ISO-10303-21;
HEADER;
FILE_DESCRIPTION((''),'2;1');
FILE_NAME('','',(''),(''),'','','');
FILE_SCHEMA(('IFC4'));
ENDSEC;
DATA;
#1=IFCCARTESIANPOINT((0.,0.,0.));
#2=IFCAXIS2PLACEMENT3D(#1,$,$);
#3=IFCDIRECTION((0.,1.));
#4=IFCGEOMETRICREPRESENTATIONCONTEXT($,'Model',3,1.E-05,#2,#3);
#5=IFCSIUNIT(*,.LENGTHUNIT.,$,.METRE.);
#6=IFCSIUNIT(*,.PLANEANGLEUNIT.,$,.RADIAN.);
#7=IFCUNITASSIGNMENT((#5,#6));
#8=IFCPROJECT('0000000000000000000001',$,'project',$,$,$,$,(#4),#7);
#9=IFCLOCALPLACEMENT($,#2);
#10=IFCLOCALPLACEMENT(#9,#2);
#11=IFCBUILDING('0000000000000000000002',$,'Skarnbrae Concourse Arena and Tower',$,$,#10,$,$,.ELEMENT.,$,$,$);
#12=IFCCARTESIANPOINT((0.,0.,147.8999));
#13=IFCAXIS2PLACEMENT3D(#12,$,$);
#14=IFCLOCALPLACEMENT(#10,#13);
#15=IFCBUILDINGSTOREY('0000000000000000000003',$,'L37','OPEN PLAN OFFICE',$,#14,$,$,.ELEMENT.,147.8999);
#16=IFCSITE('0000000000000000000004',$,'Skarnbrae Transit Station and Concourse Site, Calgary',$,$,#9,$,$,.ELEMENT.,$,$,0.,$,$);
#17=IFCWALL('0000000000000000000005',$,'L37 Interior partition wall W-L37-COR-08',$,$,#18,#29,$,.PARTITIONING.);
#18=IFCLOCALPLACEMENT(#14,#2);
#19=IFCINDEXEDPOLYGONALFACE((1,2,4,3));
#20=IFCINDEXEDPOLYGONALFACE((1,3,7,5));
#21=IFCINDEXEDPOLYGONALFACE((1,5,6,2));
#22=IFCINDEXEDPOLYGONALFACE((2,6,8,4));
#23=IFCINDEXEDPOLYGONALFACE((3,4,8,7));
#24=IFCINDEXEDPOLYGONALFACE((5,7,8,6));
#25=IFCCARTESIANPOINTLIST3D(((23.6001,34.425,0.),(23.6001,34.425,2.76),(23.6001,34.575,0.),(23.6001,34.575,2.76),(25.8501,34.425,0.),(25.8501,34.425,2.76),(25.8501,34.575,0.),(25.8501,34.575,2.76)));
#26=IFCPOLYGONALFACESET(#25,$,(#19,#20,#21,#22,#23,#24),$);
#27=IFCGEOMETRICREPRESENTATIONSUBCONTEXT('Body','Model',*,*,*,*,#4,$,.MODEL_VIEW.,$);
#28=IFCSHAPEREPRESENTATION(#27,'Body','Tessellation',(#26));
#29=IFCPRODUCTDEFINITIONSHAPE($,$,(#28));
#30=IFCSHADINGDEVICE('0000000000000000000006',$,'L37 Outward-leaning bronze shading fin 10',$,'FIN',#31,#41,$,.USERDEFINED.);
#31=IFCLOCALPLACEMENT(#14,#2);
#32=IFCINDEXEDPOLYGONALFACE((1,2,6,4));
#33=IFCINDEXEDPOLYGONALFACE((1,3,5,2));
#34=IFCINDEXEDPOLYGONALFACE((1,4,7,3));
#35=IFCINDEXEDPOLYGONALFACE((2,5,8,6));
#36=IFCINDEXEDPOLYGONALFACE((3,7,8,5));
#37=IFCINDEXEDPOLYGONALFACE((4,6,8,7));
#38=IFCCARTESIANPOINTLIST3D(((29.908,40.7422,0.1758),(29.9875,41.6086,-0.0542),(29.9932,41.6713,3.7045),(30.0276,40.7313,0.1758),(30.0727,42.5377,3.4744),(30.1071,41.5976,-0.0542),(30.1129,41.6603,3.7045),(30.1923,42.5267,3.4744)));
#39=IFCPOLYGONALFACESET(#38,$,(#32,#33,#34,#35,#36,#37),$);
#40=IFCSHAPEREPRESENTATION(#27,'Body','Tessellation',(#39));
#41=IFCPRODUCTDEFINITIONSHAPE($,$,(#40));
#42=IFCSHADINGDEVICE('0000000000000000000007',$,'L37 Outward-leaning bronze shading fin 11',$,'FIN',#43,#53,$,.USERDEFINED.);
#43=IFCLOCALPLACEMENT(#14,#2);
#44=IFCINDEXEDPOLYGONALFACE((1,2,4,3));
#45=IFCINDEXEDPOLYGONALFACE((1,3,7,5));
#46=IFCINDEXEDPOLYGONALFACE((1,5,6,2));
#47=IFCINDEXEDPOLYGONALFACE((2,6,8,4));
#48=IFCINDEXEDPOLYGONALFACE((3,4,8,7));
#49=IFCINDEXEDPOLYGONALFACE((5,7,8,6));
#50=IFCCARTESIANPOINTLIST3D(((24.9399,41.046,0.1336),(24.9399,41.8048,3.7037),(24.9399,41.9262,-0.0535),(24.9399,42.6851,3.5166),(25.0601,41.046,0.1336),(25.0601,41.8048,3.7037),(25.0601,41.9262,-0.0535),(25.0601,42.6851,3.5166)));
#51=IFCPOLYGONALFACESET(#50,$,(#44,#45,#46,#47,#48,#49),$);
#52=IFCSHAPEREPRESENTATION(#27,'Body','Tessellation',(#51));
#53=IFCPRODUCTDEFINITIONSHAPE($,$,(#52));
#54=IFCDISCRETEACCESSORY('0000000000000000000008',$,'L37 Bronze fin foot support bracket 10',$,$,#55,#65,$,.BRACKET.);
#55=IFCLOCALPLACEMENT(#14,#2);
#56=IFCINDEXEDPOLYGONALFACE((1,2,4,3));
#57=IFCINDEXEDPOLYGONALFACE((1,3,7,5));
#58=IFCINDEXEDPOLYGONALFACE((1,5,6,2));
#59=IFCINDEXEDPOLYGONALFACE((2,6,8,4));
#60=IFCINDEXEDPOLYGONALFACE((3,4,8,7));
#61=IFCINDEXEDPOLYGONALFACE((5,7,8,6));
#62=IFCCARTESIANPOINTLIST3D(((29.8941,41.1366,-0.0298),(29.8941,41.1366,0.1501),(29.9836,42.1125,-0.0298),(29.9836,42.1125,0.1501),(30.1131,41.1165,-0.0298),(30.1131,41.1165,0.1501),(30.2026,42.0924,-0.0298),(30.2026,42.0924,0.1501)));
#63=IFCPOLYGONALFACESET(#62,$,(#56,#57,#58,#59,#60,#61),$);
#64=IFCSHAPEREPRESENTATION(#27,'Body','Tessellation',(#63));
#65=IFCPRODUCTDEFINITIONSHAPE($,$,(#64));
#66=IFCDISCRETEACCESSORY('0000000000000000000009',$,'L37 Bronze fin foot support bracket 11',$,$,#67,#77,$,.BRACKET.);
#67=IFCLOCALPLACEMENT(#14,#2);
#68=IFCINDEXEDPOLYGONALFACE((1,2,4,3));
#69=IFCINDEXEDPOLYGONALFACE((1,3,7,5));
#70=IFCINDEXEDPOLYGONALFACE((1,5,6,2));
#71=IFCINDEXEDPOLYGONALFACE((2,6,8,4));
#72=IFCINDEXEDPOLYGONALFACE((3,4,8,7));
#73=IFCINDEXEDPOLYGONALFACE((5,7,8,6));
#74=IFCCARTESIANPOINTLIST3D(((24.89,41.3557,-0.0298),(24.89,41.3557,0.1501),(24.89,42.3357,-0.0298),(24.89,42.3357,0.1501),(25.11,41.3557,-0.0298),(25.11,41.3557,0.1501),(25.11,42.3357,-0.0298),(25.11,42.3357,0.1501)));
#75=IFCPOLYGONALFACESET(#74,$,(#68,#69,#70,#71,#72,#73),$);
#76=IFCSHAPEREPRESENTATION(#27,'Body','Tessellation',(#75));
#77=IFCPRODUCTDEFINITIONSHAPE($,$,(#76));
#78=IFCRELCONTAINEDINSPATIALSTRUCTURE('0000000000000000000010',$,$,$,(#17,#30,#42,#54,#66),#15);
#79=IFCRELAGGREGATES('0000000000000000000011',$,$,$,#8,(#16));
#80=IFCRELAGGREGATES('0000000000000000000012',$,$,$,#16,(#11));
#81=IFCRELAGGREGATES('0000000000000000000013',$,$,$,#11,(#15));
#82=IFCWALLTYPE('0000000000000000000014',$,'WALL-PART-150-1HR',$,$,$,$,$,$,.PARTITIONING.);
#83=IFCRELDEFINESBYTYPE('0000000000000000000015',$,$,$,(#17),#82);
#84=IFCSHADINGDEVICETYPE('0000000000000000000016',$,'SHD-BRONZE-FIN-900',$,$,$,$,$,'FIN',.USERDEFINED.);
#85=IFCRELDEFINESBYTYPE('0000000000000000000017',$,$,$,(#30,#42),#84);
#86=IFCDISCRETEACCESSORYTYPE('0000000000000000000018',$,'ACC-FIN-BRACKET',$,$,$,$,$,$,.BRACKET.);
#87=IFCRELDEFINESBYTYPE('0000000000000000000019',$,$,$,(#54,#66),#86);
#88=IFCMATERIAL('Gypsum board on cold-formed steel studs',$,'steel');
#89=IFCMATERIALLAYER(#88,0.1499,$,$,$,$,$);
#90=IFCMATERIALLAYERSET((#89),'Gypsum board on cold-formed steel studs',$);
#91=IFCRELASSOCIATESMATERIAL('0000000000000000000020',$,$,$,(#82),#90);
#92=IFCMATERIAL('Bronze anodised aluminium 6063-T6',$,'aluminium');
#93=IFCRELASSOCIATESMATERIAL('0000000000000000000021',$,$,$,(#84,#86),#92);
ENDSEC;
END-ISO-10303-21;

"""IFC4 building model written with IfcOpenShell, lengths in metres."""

from ifc_helpers import new_model, si_unit, direction, frame, frame_2d, origin, origin_2d, place, context, subcontext, project, spatial, rectangle, extrude, source, transform, mapped, material, layer, layer_set, type_object, element, save


model = new_model("IFC4")

# Units and contexts
model_context = context("Model", 3, precision=1e-05, world=origin(), true_north=direction((0.0, 1.0)))
body_context = subcontext(model_context, "Body", "Model", "MODEL_VIEW")
ifc_project = project(units=[si_unit("LENGTHUNIT", "METRE"), si_unit("PLANEANGLEUNIT", "RADIAN")], contexts=[model_context])

# Site, building, storey
site_placement = place(None, origin())
site = spatial("IfcSite", under=ifc_project, at=site_placement, Name="Skarnbrae Transit Station and Concourse Site, Calgary", CompositionType="ELEMENT", RefElevation=0.0)
building_placement = place(site_placement, origin())
building = spatial("IfcBuilding", under=site, at=building_placement, Name="Skarnbrae Concourse Arena and Tower", CompositionType="ELEMENT")
storey_placement = place(building_placement, frame((0.0, 0.0, 147.8999)))
storey = spatial("IfcBuildingStorey", under=building, at=storey_placement, Name="L37", Description="OPEN PLAN OFFICE", CompositionType="ELEMENT", Elevation=147.8999)

# Shared definitions
ifc_material_1 = material(Name="Bronze anodised aluminium 6063-T6", Category="aluminium")

# Shared definitions
ifc_material_2 = material(Name="Gypsum board on cold-formed steel studs", Category="steel")
ifc_layer_1 = layer(ifc_material_2, 0.1499)
ifc_layer_set_1 = layer_set([ifc_layer_1], Name="Gypsum board on cold-formed steel studs")
wall_type = type_object("IfcWallType", Name="WALL-PART-150-1HR", PredefinedType="PARTITIONING", material=ifc_layer_set_1)

# Wall
shared_shape_1 = source(origin(), body_context, "Body", "SweptSolid", [
    extrude(rectangle(XDim=2.25, YDim=0.1499, at=frame_2d((1.125, 0.0))), origin(), (0.0, 0.0, 1.0), 2.76),
])
wall_1_placement = place(storey_placement, frame((23.6001, 34.5, 0.0), z_axis=(0.0, 0.0, 1.0), x_axis=(1.0, 0.0, 0.0)))
element("IfcWall", 1, at=wall_1_placement, inside=storey, type_object=wall_type, Name="L37 Interior partition wall W-L37-COR-08", PredefinedType="PARTITIONING", context=body_context, shape_type="MappedRepresentation", body=[
    mapped(shared_shape_1, transform((0.0, 0.0, 0.0))),
])

# Shading devices
shading_device_type = type_object("IfcShadingDeviceType", Name="SHD-BRONZE-FIN-900", ElementType="FIN", PredefinedType="USERDEFINED", material=ifc_material_1)
shared_shape_2 = source(origin(), body_context, "Body", "SweptSolid", [
    extrude(rectangle(XDim=0.1201, YDim=0.8999, at=origin_2d()), origin(), (0.0, 0.0, 1.0), 3.6499),
])
for number, where, z_axis, x_axis, name in (
    (2, (30.0076, 41.1699, 0.0608), (0.023349, 0.254546, 0.966779), (0.995819, -0.091345, 0.0), "L37 Outward-leaning bronze shading fin 10"),
    (3, (25.0, 41.4861, 0.04), (0.0, 0.207912, 0.978148), (1.0, 0.0, 0.0), "L37 Outward-leaning bronze shading fin 11"),
):
    element("IfcShadingDevice", number, at=place(storey_placement, frame(where, z_axis=z_axis, x_axis=x_axis)), inside=storey, type_object=shading_device_type, Name=name, ObjectType="FIN", PredefinedType="USERDEFINED", context=body_context, shape_type="MappedRepresentation", body=[
        mapped(shared_shape_2, transform((0.0, 0.0, 0.0))),
    ])

# Discrete accessories
discrete_accessory_type = type_object("IfcDiscreteAccessoryType", Name="ACC-FIN-BRACKET", PredefinedType="BRACKET", material=ifc_material_1)
shared_shape_3 = source(origin(), body_context, "Body", "SweptSolid", [
    extrude(rectangle(XDim=0.22, YDim=0.98, at=origin_2d()), origin(), (0.0, 0.0, 1.0), 0.1799),
])
for number, where, z_axis, x_axis, name in (
    (4, (30.0483, 41.6145, -0.0298), (0.0, 0.0, 1.0), (0.995819, -0.091345, 0.0), "L37 Bronze fin foot support bracket 10"),
    (5, (25.0, 41.8457, -0.0298), (0.0, 0.0, 1.0), (1.0, 0.0, 0.0), "L37 Bronze fin foot support bracket 11"),
):
    element("IfcDiscreteAccessory", number, at=place(storey_placement, frame(where, z_axis=z_axis, x_axis=x_axis)), inside=storey, type_object=discrete_accessory_type, Name=name, PredefinedType="BRACKET", context=body_context, shape_type="MappedRepresentation", body=[
        mapped(shared_shape_3, transform((0.0, 0.0, 0.0))),
    ])

save(model, "model.ifc")
